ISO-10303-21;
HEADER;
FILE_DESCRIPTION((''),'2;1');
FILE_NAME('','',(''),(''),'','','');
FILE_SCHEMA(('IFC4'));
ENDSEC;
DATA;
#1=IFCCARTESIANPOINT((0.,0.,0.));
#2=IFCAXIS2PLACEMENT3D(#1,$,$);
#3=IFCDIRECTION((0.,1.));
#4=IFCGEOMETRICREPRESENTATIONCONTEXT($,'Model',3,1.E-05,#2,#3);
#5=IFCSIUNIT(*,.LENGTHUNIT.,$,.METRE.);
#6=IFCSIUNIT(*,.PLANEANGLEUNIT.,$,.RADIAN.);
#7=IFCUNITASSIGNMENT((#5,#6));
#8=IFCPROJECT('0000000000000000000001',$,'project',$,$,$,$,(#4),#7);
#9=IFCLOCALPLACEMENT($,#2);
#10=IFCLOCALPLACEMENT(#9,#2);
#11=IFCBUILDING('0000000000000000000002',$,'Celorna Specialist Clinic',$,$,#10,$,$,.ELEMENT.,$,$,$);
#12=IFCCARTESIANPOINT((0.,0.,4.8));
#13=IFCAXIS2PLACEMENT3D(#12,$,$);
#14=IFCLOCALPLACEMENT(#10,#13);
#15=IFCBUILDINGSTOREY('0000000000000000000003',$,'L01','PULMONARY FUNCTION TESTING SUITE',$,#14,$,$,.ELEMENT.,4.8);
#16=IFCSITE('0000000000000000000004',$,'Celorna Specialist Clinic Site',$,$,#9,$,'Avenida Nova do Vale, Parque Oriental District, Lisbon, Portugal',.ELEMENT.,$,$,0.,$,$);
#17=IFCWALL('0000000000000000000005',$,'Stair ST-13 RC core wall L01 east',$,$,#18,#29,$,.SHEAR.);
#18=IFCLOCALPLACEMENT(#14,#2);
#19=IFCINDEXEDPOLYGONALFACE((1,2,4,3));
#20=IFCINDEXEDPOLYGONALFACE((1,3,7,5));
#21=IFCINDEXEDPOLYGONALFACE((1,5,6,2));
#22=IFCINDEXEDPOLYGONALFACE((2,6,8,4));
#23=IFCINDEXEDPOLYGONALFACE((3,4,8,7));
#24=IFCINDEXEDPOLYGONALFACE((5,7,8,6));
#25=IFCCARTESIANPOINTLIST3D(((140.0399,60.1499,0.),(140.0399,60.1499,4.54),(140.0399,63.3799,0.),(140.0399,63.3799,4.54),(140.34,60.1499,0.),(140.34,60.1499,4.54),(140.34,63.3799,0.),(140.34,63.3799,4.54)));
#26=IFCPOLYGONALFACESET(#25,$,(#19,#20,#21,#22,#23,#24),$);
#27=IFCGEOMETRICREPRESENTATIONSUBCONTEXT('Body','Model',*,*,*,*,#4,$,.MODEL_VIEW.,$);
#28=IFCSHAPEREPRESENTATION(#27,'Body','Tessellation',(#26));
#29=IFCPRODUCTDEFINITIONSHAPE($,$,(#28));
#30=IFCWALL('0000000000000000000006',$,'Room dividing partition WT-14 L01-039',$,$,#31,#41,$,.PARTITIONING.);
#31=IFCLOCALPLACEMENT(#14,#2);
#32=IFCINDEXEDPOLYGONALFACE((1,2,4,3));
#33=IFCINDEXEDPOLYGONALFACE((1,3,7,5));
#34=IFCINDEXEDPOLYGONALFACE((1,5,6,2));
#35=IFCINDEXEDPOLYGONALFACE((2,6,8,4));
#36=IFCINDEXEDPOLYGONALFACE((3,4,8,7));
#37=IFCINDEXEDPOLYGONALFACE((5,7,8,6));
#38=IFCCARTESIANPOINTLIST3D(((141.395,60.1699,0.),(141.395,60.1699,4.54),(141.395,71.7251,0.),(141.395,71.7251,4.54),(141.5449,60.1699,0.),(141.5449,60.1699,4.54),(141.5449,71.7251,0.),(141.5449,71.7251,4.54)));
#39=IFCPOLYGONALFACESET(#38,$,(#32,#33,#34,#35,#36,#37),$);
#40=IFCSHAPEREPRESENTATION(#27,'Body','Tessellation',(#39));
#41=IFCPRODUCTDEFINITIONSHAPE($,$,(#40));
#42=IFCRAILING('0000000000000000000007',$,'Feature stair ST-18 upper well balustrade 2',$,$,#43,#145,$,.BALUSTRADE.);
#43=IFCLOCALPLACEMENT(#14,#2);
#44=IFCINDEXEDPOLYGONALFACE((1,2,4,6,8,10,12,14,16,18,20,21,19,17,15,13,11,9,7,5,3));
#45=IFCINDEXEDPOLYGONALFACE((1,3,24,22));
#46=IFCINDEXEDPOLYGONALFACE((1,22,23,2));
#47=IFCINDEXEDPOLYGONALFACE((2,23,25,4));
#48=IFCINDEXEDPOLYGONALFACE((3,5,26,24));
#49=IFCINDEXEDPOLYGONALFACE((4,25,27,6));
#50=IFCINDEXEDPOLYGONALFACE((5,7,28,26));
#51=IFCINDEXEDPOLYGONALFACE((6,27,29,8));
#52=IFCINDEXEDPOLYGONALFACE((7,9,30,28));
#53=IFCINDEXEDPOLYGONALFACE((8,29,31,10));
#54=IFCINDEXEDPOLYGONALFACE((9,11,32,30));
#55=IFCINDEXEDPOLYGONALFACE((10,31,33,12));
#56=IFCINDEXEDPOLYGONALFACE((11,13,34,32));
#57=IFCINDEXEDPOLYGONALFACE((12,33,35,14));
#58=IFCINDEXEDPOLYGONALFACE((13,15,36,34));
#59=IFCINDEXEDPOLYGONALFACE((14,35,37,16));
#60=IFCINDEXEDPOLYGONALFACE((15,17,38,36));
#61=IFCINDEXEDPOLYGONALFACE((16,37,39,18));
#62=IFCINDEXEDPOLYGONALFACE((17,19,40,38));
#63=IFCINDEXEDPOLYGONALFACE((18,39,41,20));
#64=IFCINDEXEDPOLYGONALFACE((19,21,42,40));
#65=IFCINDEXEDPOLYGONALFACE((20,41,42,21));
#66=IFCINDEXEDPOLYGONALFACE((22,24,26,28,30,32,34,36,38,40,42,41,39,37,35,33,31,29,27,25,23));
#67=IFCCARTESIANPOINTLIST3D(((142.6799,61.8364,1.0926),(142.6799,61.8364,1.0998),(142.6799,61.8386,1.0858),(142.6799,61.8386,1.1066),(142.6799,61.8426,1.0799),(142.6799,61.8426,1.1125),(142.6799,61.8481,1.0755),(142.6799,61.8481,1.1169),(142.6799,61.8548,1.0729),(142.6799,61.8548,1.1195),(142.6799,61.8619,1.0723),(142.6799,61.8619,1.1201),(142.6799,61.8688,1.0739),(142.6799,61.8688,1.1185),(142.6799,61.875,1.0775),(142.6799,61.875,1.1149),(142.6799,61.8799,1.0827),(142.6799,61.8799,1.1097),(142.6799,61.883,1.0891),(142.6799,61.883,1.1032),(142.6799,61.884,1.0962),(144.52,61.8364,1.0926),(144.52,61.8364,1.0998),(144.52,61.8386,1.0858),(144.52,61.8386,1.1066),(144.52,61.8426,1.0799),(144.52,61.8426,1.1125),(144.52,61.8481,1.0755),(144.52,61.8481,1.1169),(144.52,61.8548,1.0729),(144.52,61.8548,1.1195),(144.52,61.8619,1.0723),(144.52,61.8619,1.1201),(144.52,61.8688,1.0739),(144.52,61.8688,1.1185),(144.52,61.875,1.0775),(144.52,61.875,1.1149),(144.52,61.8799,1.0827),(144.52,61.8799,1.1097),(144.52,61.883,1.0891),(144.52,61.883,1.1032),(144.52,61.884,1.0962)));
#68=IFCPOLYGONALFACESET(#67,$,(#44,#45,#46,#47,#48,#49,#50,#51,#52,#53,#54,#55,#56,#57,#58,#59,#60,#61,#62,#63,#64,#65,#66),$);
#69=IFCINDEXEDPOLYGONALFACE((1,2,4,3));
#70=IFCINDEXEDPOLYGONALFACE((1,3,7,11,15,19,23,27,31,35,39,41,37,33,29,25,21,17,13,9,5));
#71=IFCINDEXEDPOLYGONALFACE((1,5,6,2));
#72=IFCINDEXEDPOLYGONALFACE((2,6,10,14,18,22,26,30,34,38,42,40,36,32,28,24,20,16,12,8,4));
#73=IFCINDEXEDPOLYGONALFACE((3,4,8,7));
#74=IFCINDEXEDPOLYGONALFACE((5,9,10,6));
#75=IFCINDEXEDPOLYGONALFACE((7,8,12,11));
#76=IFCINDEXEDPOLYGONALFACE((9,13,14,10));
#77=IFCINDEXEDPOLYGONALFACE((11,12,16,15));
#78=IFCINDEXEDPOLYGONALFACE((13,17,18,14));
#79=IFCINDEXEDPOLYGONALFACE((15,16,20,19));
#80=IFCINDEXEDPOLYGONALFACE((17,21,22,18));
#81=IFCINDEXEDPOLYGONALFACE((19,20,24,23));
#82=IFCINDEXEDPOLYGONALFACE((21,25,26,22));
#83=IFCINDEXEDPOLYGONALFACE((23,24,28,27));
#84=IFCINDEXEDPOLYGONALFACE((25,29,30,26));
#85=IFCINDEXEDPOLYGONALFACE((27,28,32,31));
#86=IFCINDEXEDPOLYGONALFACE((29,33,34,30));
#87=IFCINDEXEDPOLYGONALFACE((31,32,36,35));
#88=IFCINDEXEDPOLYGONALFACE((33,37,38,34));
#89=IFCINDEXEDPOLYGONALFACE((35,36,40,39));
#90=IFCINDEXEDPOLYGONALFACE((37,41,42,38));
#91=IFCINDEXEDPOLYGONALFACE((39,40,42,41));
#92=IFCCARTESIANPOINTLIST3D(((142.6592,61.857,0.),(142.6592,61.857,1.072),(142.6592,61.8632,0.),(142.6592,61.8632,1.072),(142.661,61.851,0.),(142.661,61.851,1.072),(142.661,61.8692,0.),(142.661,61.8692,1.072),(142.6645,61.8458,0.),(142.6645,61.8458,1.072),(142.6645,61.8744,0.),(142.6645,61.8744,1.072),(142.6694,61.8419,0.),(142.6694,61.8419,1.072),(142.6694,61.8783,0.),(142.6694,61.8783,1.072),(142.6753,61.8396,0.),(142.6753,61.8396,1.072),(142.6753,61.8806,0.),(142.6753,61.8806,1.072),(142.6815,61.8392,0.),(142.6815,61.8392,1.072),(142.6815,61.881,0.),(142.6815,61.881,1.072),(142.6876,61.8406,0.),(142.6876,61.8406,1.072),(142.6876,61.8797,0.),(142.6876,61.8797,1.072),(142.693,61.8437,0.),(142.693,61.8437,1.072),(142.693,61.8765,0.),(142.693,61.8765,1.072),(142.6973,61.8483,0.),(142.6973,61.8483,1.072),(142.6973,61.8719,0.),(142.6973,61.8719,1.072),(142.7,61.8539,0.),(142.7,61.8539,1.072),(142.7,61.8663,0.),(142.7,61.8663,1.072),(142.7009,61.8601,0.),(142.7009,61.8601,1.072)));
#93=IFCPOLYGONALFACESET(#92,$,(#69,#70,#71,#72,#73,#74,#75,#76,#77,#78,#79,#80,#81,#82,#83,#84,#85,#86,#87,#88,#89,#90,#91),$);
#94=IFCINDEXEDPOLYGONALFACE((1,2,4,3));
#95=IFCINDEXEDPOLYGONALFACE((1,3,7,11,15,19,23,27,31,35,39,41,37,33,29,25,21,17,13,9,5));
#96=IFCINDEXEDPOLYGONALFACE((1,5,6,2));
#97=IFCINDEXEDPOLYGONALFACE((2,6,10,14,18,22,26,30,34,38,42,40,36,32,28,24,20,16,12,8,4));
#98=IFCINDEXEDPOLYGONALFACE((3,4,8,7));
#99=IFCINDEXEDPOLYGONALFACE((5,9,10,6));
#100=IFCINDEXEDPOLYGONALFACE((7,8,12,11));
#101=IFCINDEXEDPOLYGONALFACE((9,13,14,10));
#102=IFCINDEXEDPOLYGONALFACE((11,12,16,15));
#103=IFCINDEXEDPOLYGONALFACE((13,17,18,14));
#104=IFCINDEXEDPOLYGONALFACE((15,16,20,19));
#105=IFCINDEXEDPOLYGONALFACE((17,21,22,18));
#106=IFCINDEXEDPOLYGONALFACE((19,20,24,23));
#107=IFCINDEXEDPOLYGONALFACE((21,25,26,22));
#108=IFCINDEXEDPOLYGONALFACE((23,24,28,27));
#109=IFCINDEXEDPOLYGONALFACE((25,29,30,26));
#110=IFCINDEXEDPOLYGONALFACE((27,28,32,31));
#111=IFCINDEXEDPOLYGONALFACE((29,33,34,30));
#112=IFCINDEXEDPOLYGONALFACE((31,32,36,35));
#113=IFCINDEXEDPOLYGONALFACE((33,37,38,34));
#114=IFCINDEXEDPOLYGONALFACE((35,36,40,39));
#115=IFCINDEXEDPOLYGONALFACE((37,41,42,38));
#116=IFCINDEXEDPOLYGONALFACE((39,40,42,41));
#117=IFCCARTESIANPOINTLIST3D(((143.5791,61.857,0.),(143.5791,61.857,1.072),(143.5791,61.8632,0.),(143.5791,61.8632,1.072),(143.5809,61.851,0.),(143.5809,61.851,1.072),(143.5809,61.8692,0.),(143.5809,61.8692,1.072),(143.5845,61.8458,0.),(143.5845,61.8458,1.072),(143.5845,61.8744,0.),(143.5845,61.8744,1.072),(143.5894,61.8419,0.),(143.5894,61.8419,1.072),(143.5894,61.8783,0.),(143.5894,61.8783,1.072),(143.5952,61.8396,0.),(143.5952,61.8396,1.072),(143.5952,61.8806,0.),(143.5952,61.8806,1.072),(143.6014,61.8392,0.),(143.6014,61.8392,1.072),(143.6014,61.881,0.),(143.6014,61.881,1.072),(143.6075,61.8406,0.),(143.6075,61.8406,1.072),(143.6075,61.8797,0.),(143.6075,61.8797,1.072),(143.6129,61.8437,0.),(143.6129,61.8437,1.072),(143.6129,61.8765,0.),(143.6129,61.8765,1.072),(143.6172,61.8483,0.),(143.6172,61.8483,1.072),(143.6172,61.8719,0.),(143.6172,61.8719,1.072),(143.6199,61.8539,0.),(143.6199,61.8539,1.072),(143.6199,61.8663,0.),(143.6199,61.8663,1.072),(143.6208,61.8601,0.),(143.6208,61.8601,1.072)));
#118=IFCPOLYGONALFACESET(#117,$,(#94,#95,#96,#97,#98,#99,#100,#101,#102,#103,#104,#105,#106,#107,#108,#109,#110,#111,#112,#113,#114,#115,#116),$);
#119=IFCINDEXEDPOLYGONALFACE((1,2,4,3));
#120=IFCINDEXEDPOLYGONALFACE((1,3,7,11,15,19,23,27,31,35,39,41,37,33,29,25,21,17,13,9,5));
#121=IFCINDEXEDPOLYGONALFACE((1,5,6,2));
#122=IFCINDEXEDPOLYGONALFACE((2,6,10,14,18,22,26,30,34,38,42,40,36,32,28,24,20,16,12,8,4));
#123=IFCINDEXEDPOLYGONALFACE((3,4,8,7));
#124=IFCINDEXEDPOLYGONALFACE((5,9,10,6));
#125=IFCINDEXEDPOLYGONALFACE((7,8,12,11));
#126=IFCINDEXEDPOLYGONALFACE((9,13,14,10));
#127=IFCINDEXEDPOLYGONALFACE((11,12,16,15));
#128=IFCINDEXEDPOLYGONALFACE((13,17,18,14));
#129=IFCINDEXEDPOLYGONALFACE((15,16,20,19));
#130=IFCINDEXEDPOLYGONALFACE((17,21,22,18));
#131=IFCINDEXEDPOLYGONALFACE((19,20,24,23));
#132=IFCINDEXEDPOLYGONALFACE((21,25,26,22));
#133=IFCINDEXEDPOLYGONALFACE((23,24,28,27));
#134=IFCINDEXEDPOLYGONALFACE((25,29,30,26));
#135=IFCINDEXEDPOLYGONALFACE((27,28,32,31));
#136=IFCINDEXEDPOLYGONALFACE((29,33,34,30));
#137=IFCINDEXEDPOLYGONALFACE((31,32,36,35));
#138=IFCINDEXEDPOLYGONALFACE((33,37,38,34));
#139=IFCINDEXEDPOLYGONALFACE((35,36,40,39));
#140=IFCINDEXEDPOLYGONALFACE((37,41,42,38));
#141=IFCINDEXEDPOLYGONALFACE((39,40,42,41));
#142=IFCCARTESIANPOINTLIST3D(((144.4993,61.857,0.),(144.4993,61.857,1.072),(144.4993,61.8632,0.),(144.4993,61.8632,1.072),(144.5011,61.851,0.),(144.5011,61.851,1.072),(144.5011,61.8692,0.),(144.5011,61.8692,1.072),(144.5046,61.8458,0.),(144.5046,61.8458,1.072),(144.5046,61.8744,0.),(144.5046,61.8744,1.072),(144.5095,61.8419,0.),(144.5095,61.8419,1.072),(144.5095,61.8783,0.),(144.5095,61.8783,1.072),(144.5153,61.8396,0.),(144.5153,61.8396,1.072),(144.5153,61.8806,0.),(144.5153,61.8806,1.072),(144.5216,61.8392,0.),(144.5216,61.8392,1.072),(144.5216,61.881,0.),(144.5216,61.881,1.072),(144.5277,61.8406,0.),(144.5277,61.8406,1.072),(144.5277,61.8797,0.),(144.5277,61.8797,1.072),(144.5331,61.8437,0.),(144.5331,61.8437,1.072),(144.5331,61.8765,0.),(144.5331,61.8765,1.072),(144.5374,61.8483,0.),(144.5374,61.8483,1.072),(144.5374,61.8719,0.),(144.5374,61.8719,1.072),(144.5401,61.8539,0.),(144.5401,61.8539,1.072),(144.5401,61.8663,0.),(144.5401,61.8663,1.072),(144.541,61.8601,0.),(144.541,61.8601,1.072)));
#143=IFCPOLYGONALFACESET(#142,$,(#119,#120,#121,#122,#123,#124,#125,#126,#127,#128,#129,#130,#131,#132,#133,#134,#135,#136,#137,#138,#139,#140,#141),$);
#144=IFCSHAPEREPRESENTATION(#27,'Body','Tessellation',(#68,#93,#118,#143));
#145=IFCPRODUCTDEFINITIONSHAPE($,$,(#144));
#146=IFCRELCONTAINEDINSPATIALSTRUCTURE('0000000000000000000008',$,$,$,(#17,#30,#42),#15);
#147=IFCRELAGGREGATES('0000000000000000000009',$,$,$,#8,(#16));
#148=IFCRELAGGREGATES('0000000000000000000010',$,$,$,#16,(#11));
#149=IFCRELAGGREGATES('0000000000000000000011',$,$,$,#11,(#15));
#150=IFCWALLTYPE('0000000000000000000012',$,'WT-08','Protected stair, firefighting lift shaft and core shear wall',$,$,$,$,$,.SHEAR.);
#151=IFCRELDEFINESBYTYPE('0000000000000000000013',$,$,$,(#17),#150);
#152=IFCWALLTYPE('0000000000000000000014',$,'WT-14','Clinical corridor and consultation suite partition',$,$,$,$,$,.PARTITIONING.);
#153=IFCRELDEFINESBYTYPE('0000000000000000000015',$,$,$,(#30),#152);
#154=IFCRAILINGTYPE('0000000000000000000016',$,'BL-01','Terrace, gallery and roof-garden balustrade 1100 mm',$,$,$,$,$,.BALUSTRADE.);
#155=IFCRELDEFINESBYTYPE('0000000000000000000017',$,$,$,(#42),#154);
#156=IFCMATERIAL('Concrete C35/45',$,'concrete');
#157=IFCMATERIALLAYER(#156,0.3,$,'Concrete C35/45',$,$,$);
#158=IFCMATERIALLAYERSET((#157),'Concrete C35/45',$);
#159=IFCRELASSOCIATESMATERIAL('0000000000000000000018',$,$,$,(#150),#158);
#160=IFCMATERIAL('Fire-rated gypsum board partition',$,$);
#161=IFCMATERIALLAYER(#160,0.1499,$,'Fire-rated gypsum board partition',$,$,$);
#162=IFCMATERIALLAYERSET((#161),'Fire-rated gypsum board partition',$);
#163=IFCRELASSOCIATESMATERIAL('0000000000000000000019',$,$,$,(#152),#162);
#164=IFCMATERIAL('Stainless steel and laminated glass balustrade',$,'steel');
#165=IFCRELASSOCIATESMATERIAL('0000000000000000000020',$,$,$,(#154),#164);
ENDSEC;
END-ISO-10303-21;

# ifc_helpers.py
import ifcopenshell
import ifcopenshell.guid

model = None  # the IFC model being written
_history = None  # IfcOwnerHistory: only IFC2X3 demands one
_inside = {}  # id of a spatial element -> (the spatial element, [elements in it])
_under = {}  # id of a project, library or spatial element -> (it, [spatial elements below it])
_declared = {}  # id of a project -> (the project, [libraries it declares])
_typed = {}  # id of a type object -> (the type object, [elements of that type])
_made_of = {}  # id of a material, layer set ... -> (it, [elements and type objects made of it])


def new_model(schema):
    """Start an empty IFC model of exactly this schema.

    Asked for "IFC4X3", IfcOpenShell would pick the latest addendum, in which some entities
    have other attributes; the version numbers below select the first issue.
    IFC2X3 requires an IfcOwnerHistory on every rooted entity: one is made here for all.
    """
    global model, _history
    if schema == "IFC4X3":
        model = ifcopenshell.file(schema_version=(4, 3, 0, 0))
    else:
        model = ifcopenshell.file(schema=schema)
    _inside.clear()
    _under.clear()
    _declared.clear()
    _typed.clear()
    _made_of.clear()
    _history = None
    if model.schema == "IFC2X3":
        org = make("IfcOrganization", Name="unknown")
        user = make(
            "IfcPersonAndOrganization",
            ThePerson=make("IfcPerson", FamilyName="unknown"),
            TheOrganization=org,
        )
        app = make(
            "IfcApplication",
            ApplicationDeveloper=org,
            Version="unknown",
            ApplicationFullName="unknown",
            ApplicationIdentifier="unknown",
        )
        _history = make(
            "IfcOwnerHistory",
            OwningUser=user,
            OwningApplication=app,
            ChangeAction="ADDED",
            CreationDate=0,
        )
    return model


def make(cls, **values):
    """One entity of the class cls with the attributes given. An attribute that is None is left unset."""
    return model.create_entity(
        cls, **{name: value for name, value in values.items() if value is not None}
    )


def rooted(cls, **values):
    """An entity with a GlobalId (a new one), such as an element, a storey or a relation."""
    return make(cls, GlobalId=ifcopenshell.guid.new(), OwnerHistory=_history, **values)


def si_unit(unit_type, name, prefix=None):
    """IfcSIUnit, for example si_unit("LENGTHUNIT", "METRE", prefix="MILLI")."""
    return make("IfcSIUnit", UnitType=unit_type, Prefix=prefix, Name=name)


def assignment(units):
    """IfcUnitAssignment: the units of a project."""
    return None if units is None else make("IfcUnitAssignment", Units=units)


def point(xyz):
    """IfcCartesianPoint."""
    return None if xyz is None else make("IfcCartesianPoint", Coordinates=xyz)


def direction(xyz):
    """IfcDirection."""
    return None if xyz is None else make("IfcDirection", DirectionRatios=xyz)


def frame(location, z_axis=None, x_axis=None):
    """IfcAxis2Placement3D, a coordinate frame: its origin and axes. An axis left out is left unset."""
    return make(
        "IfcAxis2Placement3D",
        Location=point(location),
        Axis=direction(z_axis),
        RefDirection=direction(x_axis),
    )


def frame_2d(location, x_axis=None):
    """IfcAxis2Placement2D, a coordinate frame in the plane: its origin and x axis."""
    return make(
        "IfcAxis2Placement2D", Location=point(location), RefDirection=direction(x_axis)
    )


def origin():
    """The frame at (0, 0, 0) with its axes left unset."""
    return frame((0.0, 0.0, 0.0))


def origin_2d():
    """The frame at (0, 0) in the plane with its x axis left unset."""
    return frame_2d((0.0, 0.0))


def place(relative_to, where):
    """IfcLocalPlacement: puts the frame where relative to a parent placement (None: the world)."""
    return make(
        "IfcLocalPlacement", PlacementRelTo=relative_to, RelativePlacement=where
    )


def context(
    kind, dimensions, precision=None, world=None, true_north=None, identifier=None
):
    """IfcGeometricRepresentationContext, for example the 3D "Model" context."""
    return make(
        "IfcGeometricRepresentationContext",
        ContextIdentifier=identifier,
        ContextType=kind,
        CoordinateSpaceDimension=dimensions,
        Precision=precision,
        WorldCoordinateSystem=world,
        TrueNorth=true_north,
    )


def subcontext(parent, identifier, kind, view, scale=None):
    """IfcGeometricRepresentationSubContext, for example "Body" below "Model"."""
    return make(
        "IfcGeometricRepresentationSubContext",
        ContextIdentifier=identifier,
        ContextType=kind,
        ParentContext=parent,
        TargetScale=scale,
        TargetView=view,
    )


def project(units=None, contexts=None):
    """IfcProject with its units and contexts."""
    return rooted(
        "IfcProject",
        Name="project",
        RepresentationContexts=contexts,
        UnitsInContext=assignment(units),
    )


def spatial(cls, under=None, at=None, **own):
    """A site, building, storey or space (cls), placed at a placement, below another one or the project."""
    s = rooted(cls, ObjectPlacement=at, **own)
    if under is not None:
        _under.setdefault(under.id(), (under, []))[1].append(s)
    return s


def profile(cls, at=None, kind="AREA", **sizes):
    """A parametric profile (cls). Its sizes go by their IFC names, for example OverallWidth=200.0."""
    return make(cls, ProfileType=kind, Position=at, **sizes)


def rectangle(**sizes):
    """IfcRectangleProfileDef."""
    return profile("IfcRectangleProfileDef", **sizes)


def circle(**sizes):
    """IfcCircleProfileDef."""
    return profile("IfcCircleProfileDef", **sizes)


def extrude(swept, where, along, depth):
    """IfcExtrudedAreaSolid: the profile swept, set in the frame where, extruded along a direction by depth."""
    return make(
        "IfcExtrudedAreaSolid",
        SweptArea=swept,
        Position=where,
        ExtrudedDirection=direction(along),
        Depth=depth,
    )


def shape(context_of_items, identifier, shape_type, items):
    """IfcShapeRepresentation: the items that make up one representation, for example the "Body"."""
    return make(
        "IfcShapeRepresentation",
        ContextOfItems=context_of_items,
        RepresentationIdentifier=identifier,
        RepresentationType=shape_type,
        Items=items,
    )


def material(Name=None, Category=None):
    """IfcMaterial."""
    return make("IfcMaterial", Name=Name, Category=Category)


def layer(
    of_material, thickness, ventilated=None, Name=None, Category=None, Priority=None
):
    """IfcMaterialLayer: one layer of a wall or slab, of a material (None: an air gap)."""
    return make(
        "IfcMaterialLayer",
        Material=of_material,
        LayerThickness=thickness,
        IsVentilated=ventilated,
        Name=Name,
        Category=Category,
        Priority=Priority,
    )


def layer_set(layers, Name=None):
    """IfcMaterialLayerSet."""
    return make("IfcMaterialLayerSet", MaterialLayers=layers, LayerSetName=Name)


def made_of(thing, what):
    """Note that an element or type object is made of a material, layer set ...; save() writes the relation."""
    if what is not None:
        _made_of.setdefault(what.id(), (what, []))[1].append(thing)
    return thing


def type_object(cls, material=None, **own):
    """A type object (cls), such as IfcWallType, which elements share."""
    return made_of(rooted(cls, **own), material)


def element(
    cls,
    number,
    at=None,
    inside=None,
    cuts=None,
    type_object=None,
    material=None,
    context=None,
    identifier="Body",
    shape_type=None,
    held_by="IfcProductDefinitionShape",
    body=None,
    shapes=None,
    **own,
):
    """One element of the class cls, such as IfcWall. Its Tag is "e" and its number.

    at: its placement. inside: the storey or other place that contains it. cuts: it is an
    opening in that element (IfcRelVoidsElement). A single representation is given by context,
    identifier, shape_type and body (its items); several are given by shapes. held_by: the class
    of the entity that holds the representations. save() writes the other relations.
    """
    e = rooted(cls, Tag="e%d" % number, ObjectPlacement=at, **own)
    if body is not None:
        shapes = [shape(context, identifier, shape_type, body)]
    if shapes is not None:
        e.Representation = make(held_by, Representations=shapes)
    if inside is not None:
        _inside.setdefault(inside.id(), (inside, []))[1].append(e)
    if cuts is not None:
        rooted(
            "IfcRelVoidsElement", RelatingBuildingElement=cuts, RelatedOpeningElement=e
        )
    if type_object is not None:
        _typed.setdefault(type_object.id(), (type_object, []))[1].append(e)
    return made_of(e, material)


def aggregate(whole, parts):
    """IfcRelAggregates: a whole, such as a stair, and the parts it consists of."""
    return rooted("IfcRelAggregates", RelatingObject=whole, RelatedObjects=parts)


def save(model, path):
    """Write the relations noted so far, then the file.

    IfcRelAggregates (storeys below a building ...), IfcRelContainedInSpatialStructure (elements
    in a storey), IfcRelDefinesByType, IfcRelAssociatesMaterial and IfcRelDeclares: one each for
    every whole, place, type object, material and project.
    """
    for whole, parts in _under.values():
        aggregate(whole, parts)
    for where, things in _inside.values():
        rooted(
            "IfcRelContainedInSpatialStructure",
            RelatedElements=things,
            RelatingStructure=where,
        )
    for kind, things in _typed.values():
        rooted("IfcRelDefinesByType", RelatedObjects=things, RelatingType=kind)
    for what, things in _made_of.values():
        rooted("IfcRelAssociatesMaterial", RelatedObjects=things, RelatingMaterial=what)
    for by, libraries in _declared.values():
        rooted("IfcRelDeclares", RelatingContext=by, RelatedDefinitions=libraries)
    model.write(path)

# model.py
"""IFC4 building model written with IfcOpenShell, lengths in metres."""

from ifc_helpers import new_model, si_unit, direction, frame, frame_2d, origin, origin_2d, place, context, subcontext, project, spatial, rectangle, circle, extrude, material, layer, layer_set, type_object, element, save


model = new_model("IFC4")

# Units and contexts
model_context = context("Model", 3, precision=1e-05, world=origin(), true_north=direction((0.0, 1.0)))
body_context = subcontext(model_context, "Body", "Model", "MODEL_VIEW")
ifc_project = project(units=[si_unit("LENGTHUNIT", "METRE"), si_unit("PLANEANGLEUNIT", "RADIAN")], contexts=[model_context])

# Site, building, storey
site_placement = place(None, origin())
site = spatial("IfcSite", under=ifc_project, at=site_placement, Name="Celorna Specialist Clinic Site", LongName="Avenida Nova do Vale, Parque Oriental District, Lisbon, Portugal", CompositionType="ELEMENT", RefElevation=0.0)
building_placement = place(site_placement, origin())
building = spatial("IfcBuilding", under=site, at=building_placement, Name="Celorna Specialist Clinic", CompositionType="ELEMENT")
storey_placement = place(building_placement, frame((0.0, 0.0, 4.8)))
storey = spatial("IfcBuildingStorey", under=building, at=storey_placement, Name="L01", Description="PULMONARY FUNCTION TESTING SUITE", CompositionType="ELEMENT", Elevation=4.8)

# Shared definitions
ifc_material_1 = material(Name="Concrete C35/45", Category="concrete")

# Walls
ifc_layer_1 = layer(ifc_material_1, 0.3, Name="Concrete C35/45")
ifc_layer_set_1 = layer_set([ifc_layer_1], Name="Concrete C35/45")
wall_type_1 = type_object("IfcWallType", Name="WT-08", Description="Protected stair, firefighting lift shaft and core shear wall", PredefinedType="SHEAR", material=ifc_layer_set_1)
wall_1_placement = place(storey_placement, frame((140.1899, 60.1499, 0.0), z_axis=(0.0, 0.0, 1.0), x_axis=(0.0, 1.0, 0.0)))
element("IfcWall", 1, at=wall_1_placement, inside=storey, type_object=wall_type_1, Name="Stair ST-13 RC core wall L01 east", PredefinedType="SHEAR", context=body_context, shape_type="SweptSolid", body=[
    extrude(rectangle(XDim=3.23, YDim=0.3, at=frame_2d((1.615, 0.0))), origin(), (0.0, 0.0, 1.0), 4.54),
])
ifc_material_2 = material(Name="Fire-rated gypsum board partition")
ifc_layer_2 = layer(ifc_material_2, 0.1499, Name="Fire-rated gypsum board partition")
ifc_layer_set_2 = layer_set([ifc_layer_2], Name="Fire-rated gypsum board partition")
wall_type_2 = type_object("IfcWallType", Name="WT-14", Description="Clinical corridor and consultation suite partition", PredefinedType="PARTITIONING", material=ifc_layer_set_2)
wall_2_placement = place(storey_placement, frame((141.47, 60.1699, 0.0), z_axis=(0.0, 0.0, 1.0), x_axis=(0.0, 1.0, 0.0)))
element("IfcWall", 2, at=wall_2_placement, inside=storey, type_object=wall_type_2, Name="Room dividing partition WT-14 L01-039", PredefinedType="PARTITIONING", context=body_context, shape_type="SweptSolid", body=[
    extrude(rectangle(XDim=11.5552, YDim=0.1499, at=frame_2d((5.7776, 0.0))), origin(), (0.0, 0.0, 1.0), 4.54),
])

# Railing
ifc_material_3 = material(Name="Stainless steel and laminated glass balustrade", Category="steel")
railing_type_1 = type_object("IfcRailingType", Name="BL-01", Description="Terrace, gallery and roof-garden balustrade 1100 mm", PredefinedType="BALUSTRADE", material=ifc_material_3)
railing_1_placement = place(storey_placement, frame((142.6799, 61.8601, 0.0)))
element("IfcRailing", 3, at=railing_1_placement, inside=storey, type_object=railing_type_1, Name="Feature stair ST-18 upper well balustrade 2", PredefinedType="BALUSTRADE", context=body_context, shape_type="SweptSolid", body=[
    extrude(circle(Radius=0.0239, at=origin_2d()), frame((0.0, 0.0, 1.0962), z_axis=(1.0, 0.0, 0.0), x_axis=(0.0, 1.0, 0.0)), (0.0, 0.0, 1.0), 1.8401),
    extrude(circle(Radius=0.021, at=origin_2d()), origin(), (0.0, 0.0, 1.0), 1.072),
    extrude(circle(Radius=0.021, at=origin_2d()), frame((0.9199, 0.0, 0.0)), (0.0, 0.0, 1.0), 1.072),
    extrude(circle(Radius=0.021, at=origin_2d()), frame((1.8401, 0.0, 0.0)), (0.0, 0.0, 1.0), 1.072),
])

save(model, "model.ifc")
